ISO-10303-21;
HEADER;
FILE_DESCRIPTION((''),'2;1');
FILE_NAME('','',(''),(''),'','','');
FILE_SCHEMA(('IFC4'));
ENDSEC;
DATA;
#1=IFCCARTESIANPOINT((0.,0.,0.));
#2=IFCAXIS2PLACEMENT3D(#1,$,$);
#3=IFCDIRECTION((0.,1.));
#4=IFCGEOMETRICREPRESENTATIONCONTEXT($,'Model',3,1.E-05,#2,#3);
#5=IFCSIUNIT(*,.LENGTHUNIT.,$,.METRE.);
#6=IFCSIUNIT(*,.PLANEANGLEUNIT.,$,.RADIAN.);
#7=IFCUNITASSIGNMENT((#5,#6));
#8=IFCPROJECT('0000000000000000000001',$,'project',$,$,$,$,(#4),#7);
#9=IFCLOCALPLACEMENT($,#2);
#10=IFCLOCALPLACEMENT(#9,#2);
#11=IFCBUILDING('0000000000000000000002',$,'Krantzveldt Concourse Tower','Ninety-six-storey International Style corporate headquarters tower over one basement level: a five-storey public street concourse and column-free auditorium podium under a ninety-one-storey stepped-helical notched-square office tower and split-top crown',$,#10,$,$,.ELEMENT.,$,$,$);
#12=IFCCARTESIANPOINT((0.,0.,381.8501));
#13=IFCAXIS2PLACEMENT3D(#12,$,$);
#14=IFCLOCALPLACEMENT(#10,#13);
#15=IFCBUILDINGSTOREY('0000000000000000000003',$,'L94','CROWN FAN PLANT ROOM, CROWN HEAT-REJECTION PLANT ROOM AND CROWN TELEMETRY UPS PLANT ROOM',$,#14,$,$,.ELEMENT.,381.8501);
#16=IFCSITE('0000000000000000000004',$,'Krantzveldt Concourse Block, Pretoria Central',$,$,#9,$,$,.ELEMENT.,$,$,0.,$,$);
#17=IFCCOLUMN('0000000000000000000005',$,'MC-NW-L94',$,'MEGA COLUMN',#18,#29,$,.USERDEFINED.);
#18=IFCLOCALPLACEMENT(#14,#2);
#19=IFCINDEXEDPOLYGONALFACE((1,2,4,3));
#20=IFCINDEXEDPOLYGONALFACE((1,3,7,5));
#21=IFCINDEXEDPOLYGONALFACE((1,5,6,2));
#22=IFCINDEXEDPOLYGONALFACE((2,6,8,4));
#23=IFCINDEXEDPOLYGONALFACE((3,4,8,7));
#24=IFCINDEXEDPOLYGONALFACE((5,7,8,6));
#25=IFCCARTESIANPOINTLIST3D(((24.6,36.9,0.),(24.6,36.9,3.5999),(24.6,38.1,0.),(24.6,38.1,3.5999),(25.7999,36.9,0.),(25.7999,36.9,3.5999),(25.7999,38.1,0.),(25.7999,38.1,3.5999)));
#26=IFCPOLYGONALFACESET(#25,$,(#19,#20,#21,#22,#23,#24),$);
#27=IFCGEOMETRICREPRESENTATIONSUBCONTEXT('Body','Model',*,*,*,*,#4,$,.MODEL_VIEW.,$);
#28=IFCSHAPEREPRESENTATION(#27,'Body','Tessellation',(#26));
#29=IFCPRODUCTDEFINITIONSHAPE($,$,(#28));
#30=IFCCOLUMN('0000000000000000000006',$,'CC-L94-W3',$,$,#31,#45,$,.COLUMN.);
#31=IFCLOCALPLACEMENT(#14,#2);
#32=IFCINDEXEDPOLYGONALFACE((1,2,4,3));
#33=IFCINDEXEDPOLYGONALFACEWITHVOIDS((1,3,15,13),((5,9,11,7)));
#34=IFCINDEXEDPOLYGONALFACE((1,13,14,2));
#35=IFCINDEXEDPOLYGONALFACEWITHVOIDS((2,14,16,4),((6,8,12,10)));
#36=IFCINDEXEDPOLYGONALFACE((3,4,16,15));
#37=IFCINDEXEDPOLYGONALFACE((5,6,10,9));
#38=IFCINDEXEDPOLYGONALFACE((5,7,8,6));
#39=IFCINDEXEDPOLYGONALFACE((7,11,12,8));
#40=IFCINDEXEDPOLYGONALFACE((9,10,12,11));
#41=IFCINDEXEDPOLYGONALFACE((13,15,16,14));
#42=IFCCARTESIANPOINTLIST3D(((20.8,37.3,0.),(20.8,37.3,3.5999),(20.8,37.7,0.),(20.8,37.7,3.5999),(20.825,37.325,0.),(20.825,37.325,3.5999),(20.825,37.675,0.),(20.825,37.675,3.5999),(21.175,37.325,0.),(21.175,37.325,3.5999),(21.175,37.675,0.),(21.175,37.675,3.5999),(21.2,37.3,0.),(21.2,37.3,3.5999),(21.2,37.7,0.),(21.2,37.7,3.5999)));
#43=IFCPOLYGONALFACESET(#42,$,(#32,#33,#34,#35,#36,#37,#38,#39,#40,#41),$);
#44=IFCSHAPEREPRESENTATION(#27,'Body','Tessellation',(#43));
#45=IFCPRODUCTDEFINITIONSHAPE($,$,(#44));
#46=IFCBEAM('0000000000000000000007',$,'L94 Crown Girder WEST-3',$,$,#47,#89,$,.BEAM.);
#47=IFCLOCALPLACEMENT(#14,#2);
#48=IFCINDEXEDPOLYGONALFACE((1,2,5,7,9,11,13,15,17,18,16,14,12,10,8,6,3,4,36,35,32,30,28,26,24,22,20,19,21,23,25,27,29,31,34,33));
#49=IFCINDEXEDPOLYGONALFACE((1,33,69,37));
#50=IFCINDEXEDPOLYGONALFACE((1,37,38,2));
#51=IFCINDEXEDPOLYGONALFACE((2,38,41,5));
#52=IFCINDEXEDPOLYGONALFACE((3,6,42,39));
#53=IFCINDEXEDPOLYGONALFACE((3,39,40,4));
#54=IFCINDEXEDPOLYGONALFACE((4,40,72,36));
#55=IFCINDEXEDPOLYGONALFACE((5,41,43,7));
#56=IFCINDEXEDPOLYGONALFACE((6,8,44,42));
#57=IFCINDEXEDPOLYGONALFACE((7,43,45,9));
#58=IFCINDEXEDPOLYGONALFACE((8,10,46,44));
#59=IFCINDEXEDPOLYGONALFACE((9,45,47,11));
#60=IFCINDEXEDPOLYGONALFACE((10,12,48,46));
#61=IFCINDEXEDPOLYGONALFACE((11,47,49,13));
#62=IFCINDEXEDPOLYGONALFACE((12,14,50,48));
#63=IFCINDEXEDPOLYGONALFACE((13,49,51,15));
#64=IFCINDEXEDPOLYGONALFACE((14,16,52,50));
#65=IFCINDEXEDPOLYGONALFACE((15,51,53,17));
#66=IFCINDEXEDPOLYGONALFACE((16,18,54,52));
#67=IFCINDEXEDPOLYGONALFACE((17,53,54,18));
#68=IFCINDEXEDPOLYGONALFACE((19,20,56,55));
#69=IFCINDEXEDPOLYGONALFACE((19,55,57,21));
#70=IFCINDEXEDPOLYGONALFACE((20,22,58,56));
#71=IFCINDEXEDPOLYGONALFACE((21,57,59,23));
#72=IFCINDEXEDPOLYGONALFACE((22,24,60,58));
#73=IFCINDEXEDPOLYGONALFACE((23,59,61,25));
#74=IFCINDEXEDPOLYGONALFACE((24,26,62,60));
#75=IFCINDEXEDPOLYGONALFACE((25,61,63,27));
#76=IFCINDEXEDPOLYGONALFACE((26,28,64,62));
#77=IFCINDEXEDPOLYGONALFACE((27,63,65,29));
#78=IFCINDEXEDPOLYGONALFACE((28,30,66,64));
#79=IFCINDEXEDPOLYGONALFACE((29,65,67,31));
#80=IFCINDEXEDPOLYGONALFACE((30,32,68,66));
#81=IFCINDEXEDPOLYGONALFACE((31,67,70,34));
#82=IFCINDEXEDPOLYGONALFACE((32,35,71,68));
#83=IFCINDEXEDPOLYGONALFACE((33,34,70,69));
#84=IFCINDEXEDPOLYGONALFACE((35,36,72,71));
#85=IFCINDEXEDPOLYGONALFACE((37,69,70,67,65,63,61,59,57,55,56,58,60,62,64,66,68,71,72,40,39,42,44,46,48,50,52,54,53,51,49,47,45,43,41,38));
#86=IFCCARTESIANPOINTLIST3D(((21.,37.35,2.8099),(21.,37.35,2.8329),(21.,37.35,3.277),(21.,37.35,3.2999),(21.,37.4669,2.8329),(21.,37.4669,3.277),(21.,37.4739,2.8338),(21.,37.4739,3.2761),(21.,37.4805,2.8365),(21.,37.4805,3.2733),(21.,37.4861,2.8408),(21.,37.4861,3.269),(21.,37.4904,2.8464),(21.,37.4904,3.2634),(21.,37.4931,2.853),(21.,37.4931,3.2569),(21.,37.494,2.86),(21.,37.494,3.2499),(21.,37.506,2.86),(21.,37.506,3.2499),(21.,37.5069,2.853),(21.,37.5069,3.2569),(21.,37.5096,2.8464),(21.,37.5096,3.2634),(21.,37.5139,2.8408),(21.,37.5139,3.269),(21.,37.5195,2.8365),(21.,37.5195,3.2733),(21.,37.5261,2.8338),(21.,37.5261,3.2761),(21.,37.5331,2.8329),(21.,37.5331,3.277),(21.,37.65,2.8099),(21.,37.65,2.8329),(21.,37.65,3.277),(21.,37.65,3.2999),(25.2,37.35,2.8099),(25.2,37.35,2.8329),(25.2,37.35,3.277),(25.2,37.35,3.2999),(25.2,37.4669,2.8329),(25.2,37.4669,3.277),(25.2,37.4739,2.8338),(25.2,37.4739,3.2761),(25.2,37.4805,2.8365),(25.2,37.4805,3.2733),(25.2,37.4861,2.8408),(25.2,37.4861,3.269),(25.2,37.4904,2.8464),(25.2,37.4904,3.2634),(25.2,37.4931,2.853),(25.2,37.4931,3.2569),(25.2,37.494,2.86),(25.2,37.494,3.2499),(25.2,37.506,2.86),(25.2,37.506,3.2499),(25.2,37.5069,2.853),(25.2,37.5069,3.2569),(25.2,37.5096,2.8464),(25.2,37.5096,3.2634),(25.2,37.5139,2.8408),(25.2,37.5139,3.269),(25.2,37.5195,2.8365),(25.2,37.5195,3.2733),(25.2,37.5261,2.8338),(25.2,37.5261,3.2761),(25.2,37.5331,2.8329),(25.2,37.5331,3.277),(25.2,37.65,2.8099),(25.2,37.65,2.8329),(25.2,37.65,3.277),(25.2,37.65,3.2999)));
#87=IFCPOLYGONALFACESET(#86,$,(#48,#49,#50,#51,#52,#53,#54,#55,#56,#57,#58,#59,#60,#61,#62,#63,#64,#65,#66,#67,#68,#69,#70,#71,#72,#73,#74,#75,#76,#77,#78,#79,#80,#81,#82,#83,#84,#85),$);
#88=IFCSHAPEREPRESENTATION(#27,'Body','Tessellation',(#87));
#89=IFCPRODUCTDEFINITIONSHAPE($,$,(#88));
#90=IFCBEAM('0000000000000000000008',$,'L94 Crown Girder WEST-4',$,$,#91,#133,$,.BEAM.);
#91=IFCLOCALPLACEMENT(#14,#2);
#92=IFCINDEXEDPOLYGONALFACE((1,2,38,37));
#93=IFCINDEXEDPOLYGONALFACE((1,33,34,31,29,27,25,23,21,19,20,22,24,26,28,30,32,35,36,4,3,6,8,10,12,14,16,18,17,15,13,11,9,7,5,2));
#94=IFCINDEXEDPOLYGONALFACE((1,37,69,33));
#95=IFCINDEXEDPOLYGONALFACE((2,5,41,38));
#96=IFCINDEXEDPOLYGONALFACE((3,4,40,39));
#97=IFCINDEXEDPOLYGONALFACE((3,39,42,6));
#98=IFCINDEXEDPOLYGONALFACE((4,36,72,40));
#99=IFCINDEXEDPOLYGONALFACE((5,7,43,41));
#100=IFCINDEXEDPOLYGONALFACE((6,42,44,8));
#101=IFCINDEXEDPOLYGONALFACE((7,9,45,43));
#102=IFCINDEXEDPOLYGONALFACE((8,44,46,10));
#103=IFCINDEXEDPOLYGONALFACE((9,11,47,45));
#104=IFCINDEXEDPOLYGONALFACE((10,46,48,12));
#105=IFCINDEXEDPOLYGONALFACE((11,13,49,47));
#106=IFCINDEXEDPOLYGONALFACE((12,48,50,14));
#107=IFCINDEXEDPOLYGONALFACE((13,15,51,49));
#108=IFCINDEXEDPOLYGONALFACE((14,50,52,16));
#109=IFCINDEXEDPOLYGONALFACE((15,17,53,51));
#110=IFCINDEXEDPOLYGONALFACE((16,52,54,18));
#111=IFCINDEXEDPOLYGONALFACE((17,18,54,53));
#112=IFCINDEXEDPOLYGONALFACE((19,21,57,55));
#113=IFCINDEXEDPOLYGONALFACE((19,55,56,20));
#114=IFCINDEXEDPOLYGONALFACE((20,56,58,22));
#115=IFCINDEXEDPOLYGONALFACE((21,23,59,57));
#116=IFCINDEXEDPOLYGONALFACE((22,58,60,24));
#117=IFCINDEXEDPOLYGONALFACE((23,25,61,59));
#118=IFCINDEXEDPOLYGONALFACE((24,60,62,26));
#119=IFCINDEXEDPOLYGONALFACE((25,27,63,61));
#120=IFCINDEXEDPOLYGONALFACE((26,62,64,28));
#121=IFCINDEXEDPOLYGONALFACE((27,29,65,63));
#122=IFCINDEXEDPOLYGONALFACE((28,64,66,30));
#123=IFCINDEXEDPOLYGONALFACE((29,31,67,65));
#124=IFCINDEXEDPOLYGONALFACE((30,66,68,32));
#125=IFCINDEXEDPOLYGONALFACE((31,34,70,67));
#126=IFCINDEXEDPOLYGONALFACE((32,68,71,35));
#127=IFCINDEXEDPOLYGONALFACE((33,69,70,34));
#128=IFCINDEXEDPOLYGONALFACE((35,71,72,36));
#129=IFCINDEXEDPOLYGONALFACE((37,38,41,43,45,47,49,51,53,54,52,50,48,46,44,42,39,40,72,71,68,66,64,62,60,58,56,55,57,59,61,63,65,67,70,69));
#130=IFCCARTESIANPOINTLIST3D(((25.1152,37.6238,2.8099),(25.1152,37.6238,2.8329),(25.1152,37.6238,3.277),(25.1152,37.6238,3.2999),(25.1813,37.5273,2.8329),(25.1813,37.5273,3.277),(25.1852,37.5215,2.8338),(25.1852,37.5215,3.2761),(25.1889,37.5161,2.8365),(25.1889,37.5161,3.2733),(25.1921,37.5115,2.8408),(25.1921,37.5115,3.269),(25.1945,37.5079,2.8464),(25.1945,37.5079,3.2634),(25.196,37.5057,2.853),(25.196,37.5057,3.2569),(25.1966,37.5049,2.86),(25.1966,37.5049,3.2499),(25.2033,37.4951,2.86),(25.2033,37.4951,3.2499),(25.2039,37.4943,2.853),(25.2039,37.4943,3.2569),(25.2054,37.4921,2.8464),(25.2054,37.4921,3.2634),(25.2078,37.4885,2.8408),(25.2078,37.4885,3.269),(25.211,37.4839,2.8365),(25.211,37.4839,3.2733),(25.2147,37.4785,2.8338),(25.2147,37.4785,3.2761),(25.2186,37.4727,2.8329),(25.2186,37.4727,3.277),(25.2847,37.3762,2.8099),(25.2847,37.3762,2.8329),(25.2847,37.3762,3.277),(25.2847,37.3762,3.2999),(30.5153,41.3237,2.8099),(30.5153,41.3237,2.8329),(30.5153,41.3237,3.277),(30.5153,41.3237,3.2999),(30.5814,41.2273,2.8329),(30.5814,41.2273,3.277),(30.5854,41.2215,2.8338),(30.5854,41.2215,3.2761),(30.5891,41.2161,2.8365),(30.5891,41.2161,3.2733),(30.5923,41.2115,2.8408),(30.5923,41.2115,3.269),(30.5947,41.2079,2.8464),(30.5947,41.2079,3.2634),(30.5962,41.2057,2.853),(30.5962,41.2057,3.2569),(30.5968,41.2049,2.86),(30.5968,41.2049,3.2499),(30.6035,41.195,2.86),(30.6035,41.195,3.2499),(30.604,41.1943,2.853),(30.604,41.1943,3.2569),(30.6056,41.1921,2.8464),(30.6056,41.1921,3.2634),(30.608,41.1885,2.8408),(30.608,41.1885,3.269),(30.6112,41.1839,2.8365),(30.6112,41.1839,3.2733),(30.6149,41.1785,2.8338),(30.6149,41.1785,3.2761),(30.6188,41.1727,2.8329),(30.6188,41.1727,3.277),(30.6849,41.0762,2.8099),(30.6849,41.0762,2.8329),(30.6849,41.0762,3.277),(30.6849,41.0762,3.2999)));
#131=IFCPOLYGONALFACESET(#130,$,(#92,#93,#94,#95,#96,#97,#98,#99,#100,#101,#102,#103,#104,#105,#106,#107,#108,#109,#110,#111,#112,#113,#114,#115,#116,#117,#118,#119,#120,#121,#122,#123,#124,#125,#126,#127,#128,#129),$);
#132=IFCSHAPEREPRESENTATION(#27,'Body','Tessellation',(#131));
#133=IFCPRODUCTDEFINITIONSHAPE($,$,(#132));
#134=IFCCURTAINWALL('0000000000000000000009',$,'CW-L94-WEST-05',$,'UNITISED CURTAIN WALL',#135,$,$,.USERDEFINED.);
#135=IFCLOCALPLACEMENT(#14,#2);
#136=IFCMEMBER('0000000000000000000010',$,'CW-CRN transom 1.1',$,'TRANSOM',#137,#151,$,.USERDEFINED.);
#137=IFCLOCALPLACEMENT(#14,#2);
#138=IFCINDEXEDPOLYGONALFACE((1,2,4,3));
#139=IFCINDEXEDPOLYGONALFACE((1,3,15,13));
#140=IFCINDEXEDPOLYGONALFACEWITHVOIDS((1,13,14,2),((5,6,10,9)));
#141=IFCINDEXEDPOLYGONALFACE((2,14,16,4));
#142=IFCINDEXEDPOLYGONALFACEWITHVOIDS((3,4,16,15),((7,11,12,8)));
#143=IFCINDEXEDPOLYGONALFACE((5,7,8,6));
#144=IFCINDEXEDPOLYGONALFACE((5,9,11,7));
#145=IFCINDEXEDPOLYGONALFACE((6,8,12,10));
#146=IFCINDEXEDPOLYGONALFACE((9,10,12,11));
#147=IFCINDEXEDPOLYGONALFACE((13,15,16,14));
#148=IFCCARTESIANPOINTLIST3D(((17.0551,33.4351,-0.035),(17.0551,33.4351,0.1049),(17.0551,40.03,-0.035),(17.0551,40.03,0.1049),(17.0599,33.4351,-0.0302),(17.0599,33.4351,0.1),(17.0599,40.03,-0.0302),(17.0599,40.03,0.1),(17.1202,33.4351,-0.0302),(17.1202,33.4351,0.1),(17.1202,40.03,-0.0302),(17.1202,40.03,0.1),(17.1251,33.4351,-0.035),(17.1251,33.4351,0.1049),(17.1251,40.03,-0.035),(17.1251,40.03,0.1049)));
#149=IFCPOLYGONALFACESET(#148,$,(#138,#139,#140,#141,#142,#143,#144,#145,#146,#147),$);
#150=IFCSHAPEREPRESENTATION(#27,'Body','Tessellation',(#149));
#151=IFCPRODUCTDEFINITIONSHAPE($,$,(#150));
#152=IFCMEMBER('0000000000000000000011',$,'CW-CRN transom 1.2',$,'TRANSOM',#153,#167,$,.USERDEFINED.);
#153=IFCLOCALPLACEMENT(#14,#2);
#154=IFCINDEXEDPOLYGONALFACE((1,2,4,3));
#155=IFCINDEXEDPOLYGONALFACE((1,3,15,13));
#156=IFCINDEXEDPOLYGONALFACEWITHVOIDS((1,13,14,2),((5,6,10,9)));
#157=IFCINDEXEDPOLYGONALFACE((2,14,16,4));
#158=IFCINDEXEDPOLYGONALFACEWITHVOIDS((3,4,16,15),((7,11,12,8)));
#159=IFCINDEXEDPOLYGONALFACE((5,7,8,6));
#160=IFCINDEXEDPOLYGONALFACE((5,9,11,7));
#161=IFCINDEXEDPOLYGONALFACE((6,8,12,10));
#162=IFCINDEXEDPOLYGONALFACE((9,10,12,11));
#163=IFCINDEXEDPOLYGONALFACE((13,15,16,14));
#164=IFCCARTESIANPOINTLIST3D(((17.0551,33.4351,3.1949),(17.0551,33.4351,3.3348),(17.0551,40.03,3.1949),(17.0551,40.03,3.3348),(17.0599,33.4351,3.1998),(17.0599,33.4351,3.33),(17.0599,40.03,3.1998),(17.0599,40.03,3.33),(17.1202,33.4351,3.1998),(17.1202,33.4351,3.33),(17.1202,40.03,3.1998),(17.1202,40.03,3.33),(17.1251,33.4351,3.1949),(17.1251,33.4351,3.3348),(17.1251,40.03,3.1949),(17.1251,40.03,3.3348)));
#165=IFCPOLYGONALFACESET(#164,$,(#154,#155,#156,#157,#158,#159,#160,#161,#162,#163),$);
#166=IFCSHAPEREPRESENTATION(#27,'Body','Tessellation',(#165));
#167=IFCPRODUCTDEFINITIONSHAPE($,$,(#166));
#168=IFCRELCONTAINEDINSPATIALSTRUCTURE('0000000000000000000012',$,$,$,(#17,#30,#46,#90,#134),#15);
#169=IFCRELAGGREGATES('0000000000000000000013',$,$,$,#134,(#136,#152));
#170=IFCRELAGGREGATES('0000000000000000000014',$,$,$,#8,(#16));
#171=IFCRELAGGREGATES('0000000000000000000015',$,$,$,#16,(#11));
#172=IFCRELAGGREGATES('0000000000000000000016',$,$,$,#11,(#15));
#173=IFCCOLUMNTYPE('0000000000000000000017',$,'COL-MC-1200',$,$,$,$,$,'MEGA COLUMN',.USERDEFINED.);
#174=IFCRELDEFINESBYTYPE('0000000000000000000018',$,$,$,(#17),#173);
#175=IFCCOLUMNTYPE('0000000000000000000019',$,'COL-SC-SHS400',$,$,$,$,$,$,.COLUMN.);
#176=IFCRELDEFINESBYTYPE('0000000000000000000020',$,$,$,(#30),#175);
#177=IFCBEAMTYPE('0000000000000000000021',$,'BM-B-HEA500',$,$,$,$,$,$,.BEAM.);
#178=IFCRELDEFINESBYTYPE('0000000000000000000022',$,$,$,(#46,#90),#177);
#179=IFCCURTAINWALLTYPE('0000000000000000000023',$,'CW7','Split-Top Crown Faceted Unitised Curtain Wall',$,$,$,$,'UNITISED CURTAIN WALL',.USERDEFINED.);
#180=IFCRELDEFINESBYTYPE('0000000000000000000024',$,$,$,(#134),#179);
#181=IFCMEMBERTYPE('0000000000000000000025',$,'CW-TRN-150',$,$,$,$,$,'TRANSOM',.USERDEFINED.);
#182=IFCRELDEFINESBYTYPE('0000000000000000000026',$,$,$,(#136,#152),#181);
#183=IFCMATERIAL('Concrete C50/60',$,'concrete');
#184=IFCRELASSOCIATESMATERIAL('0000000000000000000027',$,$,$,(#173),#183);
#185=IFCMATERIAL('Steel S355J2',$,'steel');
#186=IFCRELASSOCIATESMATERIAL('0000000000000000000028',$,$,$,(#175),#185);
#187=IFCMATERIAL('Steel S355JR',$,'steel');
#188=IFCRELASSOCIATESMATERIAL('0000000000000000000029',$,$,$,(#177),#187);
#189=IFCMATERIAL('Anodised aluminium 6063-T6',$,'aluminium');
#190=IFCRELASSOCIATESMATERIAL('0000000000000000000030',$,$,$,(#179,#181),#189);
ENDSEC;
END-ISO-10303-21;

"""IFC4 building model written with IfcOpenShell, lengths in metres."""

from ifc_helpers import new_model, si_unit, direction, frame, origin, origin_2d, place, context, subcontext, project, spatial, rectangle, hollow_rectangle, i_section, extrude, source, transform, mapped, material, material_profile, profile_set, type_object, type_shapes, element, aggregate, save


model = new_model("IFC4")

# Units and contexts
model_context = context("Model", 3, precision=1e-05, world=origin(), true_north=direction((0.0, 1.0)))
body_context = subcontext(model_context, "Body", "Model", "MODEL_VIEW")
ifc_project = project(units=[si_unit("LENGTHUNIT", "METRE"), si_unit("PLANEANGLEUNIT", "RADIAN")], contexts=[model_context])

# Site, building, storey
site_placement = place(None, origin())
site = spatial("IfcSite", under=ifc_project, at=site_placement, Name="Krantzveldt Concourse Block, Pretoria Central", CompositionType="ELEMENT", RefElevation=0.0)
building_placement = place(site_placement, origin())
building = spatial("IfcBuilding", under=site, at=building_placement, Name="Krantzveldt Concourse Tower", Description="Ninety-six-storey International Style corporate headquarters tower over one basement level: a five-storey public street concourse and column-free auditorium podium under a ninety-one-storey stepped-helical notched-square office tower and split-top crown", CompositionType="ELEMENT")
storey_placement = place(building_placement, frame((0.0, 0.0, 381.8501)))
storey = spatial("IfcBuildingStorey", under=building, at=storey_placement, Name="L94", Description="CROWN FAN PLANT ROOM, CROWN HEAT-REJECTION PLANT ROOM AND CROWN TELEMETRY UPS PLANT ROOM", CompositionType="ELEMENT", Elevation=381.8501)

# Columns
ifc_material_1 = material(Name="Concrete C50/60", Category="concrete")
ifc_material_profile_1 = material_profile(ifc_material_1, rectangle(XDim=1.2, YDim=1.2, at=origin_2d()), Name="Concrete C50/60", Category="concrete")
ifc_profile_set_1 = profile_set([ifc_material_profile_1], Name="Concrete C50/60 - RC 1200x1200")
column_type_1 = type_object("IfcColumnType", Name="COL-MC-1200", ElementType="MEGA COLUMN", PredefinedType="USERDEFINED", material=ifc_profile_set_1)
shared_shape_1 = source(origin(), body_context, "Body", "SweptSolid", [
    extrude(rectangle(XDim=1.2, YDim=1.2, at=origin_2d()), origin(), (0.0, 0.0, 1.0), 3.5999),
])
type_shapes(column_type_1, [shared_shape_1])
column_1_placement = place(storey_placement, frame((25.2, 37.5, 0.0), z_axis=(0.0, 0.0, 1.0), x_axis=(1.0, 0.0, 0.0)))
element("IfcColumn", 1, at=column_1_placement, inside=storey, type_object=column_type_1, Name="MC-NW-L94", ObjectType="MEGA COLUMN", PredefinedType="USERDEFINED", context=body_context, shape_type="MappedRepresentation", body=[
    mapped(shared_shape_1, transform((0.0, 0.0, 0.0), x_axis=(1.0, 0.0, 0.0), y_axis=(0.0, 1.0, 0.0), z_axis=(0.0, 0.0, 1.0), scale=1.0)),
])
ifc_material_2 = material(Name="Steel S355J2", Category="steel")
ifc_material_profile_2 = material_profile(ifc_material_2, hollow_rectangle(XDim=0.3999, YDim=0.3999, WallThickness=0.0249, at=origin_2d()), Name="Steel S355J2", Category="steel")
ifc_profile_set_2 = profile_set([ifc_material_profile_2], Name="Steel S355J2 - SHS 400x400x25")
column_type_2 = type_object("IfcColumnType", Name="COL-SC-SHS400", PredefinedType="COLUMN", material=ifc_profile_set_2)
shared_shape_2 = source(origin(), body_context, "Body", "SweptSolid", [
    extrude(hollow_rectangle(XDim=0.3999, YDim=0.3999, WallThickness=0.0249, at=origin_2d()), origin(), (0.0, 0.0, 1.0), 3.5999),
])
type_shapes(column_type_2, [shared_shape_2])
column_2_placement = place(storey_placement, frame((21.0, 37.5, 0.0), z_axis=(0.0, 0.0, 1.0), x_axis=(1.0, 0.0, 0.0)))
element("IfcColumn", 2, at=column_2_placement, inside=storey, type_object=column_type_2, Name="CC-L94-W3", PredefinedType="COLUMN", context=body_context, shape_type="MappedRepresentation", body=[
    mapped(shared_shape_2, transform((0.0, 0.0, 0.0), x_axis=(1.0, 0.0, 0.0), y_axis=(0.0, 1.0, 0.0), z_axis=(0.0, 0.0, 1.0), scale=1.0)),
])

# Beams
ifc_material_3 = material(Name="Steel S355JR", Category="steel")
ifc_material_profile_3 = material_profile(ifc_material_3, i_section(OverallWidth=0.3, OverallDepth=0.49, WebThickness=0.012, FlangeThickness=0.0229, FilletRadius=0.0271, at=origin_2d()), Name="Steel S355JR", Category="steel")
ifc_profile_set_3 = profile_set([ifc_material_profile_3], Name="Steel S355JR - HEA 500")
beam_type = type_object("IfcBeamType", Name="BM-B-HEA500", PredefinedType="BEAM", material=ifc_profile_set_3)
shared_shape_3 = source(origin(), body_context, "Body", "SweptSolid", [
    extrude(i_section(OverallWidth=0.3, OverallDepth=0.49, WebThickness=0.012, FlangeThickness=0.0229, FilletRadius=0.0271, at=origin_2d()), origin(), (0.0, 0.0, 1.0), 4.2),
])
beam_1_placement = place(storey_placement, frame((21.0, 37.5, 3.0549), z_axis=(1.0, 0.0, 0.0), x_axis=(0.0, 1.0, 0.0)))
element("IfcBeam", 3, at=beam_1_placement, inside=storey, type_object=beam_type, Name="L94 Crown Girder WEST-3", PredefinedType="BEAM", context=body_context, shape_type="MappedRepresentation", body=[
    mapped(shared_shape_3, transform((0.0, 0.0, 0.0), x_axis=(1.0, 0.0, 0.0), y_axis=(0.0, 1.0, 0.0), z_axis=(0.0, 0.0, 1.0), scale=1.0)),
])
shared_shape_4 = source(origin(), body_context, "Body", "SweptSolid", [
    extrude(i_section(OverallWidth=0.3, OverallDepth=0.49, WebThickness=0.012, FlangeThickness=0.0229, FilletRadius=0.0271, at=origin_2d()), origin(), (0.0, 0.0, 1.0), 6.5461),
])
type_shapes(beam_type, [shared_shape_3, shared_shape_4])
beam_2_placement = place(storey_placement, frame((25.2, 37.5, 3.0549), z_axis=(0.824943, 0.565216, 0.0), x_axis=(-0.565216, 0.824943, 0.0)))
element("IfcBeam", 4, at=beam_2_placement, inside=storey, type_object=beam_type, Name="L94 Crown Girder WEST-4", PredefinedType="BEAM", context=body_context, shape_type="MappedRepresentation", body=[
    mapped(shared_shape_4, transform((0.0, 0.0, 0.0), x_axis=(1.0, 0.0, 0.0), y_axis=(0.0, 1.0, 0.0), z_axis=(0.0, 0.0, 1.0), scale=1.0)),
])

# Curtain wall, members
ifc_material_4 = material(Name="Anodised aluminium 6063-T6", Category="aluminium")
curtain_wall_type = type_object("IfcCurtainWallType", Name="CW7", Description="Split-Top Crown Faceted Unitised Curtain Wall", ElementType="UNITISED CURTAIN WALL", PredefinedType="USERDEFINED", material=ifc_material_4)
curtain_wall_1_placement = place(storey_placement, origin())
curtain_wall_1 = element("IfcCurtainWall", 5, at=curtain_wall_1_placement, inside=storey, type_object=curtain_wall_type, Name="CW-L94-WEST-05", ObjectType="UNITISED CURTAIN WALL", PredefinedType="USERDEFINED")
ifc_material_profile_4 = material_profile(ifc_material_4, hollow_rectangle(XDim=0.0701, YDim=0.1399, WallThickness=0.0049, at=origin_2d()), Name="Anodised aluminium 6063-T6", Category="aluminium")
ifc_profile_set_4 = profile_set([ifc_material_profile_4], Name="Anodised aluminium 6063-T6 - ALU-TRAN 140x70x5")
member_type_1 = type_object("IfcMemberType", Name="CW-TRN-150", ElementType="TRANSOM", PredefinedType="USERDEFINED", material=ifc_profile_set_4)
shared_shape_5 = source(origin(), body_context, "Body", "SweptSolid", [
    extrude(hollow_rectangle(XDim=0.0701, YDim=0.1399, WallThickness=0.0049, at=origin_2d()), origin(), (0.0, 0.0, 1.0), 6.595),
])
member_1_placement = place(storey_placement, frame((17.0901, 40.03, 0.0349), z_axis=(0.0, -1.0, 0.0), x_axis=(1.0, 0.0, 0.0)))
member_1 = element("IfcMember", 6, at=member_1_placement, type_object=member_type_1, Name="CW-CRN transom 1.1", ObjectType="TRANSOM", PredefinedType="USERDEFINED", context=body_context, shape_type="MappedRepresentation", body=[
    mapped(shared_shape_5, transform((0.0, 0.0, 0.0), x_axis=(1.0, 0.0, 0.0), y_axis=(0.0, 1.0, 0.0), z_axis=(0.0, 0.0, 1.0), scale=1.0)),
])
member_2_placement = place(storey_placement, frame((17.0901, 40.03, 3.2649), z_axis=(0.0, -1.0, 0.0), x_axis=(1.0, 0.0, 0.0)))
member_2 = element("IfcMember", 7, at=member_2_placement, type_object=member_type_1, Name="CW-CRN transom 1.2", ObjectType="TRANSOM", PredefinedType="USERDEFINED", context=body_context, shape_type="MappedRepresentation", body=[
    mapped(shared_shape_5, transform((0.0, 0.0, 0.0), x_axis=(1.0, 0.0, 0.0), y_axis=(0.0, 1.0, 0.0), z_axis=(0.0, 0.0, 1.0), scale=1.0)),
])

aggregate(curtain_wall_1, [member_1, member_2])

save(model, "model.ifc")
